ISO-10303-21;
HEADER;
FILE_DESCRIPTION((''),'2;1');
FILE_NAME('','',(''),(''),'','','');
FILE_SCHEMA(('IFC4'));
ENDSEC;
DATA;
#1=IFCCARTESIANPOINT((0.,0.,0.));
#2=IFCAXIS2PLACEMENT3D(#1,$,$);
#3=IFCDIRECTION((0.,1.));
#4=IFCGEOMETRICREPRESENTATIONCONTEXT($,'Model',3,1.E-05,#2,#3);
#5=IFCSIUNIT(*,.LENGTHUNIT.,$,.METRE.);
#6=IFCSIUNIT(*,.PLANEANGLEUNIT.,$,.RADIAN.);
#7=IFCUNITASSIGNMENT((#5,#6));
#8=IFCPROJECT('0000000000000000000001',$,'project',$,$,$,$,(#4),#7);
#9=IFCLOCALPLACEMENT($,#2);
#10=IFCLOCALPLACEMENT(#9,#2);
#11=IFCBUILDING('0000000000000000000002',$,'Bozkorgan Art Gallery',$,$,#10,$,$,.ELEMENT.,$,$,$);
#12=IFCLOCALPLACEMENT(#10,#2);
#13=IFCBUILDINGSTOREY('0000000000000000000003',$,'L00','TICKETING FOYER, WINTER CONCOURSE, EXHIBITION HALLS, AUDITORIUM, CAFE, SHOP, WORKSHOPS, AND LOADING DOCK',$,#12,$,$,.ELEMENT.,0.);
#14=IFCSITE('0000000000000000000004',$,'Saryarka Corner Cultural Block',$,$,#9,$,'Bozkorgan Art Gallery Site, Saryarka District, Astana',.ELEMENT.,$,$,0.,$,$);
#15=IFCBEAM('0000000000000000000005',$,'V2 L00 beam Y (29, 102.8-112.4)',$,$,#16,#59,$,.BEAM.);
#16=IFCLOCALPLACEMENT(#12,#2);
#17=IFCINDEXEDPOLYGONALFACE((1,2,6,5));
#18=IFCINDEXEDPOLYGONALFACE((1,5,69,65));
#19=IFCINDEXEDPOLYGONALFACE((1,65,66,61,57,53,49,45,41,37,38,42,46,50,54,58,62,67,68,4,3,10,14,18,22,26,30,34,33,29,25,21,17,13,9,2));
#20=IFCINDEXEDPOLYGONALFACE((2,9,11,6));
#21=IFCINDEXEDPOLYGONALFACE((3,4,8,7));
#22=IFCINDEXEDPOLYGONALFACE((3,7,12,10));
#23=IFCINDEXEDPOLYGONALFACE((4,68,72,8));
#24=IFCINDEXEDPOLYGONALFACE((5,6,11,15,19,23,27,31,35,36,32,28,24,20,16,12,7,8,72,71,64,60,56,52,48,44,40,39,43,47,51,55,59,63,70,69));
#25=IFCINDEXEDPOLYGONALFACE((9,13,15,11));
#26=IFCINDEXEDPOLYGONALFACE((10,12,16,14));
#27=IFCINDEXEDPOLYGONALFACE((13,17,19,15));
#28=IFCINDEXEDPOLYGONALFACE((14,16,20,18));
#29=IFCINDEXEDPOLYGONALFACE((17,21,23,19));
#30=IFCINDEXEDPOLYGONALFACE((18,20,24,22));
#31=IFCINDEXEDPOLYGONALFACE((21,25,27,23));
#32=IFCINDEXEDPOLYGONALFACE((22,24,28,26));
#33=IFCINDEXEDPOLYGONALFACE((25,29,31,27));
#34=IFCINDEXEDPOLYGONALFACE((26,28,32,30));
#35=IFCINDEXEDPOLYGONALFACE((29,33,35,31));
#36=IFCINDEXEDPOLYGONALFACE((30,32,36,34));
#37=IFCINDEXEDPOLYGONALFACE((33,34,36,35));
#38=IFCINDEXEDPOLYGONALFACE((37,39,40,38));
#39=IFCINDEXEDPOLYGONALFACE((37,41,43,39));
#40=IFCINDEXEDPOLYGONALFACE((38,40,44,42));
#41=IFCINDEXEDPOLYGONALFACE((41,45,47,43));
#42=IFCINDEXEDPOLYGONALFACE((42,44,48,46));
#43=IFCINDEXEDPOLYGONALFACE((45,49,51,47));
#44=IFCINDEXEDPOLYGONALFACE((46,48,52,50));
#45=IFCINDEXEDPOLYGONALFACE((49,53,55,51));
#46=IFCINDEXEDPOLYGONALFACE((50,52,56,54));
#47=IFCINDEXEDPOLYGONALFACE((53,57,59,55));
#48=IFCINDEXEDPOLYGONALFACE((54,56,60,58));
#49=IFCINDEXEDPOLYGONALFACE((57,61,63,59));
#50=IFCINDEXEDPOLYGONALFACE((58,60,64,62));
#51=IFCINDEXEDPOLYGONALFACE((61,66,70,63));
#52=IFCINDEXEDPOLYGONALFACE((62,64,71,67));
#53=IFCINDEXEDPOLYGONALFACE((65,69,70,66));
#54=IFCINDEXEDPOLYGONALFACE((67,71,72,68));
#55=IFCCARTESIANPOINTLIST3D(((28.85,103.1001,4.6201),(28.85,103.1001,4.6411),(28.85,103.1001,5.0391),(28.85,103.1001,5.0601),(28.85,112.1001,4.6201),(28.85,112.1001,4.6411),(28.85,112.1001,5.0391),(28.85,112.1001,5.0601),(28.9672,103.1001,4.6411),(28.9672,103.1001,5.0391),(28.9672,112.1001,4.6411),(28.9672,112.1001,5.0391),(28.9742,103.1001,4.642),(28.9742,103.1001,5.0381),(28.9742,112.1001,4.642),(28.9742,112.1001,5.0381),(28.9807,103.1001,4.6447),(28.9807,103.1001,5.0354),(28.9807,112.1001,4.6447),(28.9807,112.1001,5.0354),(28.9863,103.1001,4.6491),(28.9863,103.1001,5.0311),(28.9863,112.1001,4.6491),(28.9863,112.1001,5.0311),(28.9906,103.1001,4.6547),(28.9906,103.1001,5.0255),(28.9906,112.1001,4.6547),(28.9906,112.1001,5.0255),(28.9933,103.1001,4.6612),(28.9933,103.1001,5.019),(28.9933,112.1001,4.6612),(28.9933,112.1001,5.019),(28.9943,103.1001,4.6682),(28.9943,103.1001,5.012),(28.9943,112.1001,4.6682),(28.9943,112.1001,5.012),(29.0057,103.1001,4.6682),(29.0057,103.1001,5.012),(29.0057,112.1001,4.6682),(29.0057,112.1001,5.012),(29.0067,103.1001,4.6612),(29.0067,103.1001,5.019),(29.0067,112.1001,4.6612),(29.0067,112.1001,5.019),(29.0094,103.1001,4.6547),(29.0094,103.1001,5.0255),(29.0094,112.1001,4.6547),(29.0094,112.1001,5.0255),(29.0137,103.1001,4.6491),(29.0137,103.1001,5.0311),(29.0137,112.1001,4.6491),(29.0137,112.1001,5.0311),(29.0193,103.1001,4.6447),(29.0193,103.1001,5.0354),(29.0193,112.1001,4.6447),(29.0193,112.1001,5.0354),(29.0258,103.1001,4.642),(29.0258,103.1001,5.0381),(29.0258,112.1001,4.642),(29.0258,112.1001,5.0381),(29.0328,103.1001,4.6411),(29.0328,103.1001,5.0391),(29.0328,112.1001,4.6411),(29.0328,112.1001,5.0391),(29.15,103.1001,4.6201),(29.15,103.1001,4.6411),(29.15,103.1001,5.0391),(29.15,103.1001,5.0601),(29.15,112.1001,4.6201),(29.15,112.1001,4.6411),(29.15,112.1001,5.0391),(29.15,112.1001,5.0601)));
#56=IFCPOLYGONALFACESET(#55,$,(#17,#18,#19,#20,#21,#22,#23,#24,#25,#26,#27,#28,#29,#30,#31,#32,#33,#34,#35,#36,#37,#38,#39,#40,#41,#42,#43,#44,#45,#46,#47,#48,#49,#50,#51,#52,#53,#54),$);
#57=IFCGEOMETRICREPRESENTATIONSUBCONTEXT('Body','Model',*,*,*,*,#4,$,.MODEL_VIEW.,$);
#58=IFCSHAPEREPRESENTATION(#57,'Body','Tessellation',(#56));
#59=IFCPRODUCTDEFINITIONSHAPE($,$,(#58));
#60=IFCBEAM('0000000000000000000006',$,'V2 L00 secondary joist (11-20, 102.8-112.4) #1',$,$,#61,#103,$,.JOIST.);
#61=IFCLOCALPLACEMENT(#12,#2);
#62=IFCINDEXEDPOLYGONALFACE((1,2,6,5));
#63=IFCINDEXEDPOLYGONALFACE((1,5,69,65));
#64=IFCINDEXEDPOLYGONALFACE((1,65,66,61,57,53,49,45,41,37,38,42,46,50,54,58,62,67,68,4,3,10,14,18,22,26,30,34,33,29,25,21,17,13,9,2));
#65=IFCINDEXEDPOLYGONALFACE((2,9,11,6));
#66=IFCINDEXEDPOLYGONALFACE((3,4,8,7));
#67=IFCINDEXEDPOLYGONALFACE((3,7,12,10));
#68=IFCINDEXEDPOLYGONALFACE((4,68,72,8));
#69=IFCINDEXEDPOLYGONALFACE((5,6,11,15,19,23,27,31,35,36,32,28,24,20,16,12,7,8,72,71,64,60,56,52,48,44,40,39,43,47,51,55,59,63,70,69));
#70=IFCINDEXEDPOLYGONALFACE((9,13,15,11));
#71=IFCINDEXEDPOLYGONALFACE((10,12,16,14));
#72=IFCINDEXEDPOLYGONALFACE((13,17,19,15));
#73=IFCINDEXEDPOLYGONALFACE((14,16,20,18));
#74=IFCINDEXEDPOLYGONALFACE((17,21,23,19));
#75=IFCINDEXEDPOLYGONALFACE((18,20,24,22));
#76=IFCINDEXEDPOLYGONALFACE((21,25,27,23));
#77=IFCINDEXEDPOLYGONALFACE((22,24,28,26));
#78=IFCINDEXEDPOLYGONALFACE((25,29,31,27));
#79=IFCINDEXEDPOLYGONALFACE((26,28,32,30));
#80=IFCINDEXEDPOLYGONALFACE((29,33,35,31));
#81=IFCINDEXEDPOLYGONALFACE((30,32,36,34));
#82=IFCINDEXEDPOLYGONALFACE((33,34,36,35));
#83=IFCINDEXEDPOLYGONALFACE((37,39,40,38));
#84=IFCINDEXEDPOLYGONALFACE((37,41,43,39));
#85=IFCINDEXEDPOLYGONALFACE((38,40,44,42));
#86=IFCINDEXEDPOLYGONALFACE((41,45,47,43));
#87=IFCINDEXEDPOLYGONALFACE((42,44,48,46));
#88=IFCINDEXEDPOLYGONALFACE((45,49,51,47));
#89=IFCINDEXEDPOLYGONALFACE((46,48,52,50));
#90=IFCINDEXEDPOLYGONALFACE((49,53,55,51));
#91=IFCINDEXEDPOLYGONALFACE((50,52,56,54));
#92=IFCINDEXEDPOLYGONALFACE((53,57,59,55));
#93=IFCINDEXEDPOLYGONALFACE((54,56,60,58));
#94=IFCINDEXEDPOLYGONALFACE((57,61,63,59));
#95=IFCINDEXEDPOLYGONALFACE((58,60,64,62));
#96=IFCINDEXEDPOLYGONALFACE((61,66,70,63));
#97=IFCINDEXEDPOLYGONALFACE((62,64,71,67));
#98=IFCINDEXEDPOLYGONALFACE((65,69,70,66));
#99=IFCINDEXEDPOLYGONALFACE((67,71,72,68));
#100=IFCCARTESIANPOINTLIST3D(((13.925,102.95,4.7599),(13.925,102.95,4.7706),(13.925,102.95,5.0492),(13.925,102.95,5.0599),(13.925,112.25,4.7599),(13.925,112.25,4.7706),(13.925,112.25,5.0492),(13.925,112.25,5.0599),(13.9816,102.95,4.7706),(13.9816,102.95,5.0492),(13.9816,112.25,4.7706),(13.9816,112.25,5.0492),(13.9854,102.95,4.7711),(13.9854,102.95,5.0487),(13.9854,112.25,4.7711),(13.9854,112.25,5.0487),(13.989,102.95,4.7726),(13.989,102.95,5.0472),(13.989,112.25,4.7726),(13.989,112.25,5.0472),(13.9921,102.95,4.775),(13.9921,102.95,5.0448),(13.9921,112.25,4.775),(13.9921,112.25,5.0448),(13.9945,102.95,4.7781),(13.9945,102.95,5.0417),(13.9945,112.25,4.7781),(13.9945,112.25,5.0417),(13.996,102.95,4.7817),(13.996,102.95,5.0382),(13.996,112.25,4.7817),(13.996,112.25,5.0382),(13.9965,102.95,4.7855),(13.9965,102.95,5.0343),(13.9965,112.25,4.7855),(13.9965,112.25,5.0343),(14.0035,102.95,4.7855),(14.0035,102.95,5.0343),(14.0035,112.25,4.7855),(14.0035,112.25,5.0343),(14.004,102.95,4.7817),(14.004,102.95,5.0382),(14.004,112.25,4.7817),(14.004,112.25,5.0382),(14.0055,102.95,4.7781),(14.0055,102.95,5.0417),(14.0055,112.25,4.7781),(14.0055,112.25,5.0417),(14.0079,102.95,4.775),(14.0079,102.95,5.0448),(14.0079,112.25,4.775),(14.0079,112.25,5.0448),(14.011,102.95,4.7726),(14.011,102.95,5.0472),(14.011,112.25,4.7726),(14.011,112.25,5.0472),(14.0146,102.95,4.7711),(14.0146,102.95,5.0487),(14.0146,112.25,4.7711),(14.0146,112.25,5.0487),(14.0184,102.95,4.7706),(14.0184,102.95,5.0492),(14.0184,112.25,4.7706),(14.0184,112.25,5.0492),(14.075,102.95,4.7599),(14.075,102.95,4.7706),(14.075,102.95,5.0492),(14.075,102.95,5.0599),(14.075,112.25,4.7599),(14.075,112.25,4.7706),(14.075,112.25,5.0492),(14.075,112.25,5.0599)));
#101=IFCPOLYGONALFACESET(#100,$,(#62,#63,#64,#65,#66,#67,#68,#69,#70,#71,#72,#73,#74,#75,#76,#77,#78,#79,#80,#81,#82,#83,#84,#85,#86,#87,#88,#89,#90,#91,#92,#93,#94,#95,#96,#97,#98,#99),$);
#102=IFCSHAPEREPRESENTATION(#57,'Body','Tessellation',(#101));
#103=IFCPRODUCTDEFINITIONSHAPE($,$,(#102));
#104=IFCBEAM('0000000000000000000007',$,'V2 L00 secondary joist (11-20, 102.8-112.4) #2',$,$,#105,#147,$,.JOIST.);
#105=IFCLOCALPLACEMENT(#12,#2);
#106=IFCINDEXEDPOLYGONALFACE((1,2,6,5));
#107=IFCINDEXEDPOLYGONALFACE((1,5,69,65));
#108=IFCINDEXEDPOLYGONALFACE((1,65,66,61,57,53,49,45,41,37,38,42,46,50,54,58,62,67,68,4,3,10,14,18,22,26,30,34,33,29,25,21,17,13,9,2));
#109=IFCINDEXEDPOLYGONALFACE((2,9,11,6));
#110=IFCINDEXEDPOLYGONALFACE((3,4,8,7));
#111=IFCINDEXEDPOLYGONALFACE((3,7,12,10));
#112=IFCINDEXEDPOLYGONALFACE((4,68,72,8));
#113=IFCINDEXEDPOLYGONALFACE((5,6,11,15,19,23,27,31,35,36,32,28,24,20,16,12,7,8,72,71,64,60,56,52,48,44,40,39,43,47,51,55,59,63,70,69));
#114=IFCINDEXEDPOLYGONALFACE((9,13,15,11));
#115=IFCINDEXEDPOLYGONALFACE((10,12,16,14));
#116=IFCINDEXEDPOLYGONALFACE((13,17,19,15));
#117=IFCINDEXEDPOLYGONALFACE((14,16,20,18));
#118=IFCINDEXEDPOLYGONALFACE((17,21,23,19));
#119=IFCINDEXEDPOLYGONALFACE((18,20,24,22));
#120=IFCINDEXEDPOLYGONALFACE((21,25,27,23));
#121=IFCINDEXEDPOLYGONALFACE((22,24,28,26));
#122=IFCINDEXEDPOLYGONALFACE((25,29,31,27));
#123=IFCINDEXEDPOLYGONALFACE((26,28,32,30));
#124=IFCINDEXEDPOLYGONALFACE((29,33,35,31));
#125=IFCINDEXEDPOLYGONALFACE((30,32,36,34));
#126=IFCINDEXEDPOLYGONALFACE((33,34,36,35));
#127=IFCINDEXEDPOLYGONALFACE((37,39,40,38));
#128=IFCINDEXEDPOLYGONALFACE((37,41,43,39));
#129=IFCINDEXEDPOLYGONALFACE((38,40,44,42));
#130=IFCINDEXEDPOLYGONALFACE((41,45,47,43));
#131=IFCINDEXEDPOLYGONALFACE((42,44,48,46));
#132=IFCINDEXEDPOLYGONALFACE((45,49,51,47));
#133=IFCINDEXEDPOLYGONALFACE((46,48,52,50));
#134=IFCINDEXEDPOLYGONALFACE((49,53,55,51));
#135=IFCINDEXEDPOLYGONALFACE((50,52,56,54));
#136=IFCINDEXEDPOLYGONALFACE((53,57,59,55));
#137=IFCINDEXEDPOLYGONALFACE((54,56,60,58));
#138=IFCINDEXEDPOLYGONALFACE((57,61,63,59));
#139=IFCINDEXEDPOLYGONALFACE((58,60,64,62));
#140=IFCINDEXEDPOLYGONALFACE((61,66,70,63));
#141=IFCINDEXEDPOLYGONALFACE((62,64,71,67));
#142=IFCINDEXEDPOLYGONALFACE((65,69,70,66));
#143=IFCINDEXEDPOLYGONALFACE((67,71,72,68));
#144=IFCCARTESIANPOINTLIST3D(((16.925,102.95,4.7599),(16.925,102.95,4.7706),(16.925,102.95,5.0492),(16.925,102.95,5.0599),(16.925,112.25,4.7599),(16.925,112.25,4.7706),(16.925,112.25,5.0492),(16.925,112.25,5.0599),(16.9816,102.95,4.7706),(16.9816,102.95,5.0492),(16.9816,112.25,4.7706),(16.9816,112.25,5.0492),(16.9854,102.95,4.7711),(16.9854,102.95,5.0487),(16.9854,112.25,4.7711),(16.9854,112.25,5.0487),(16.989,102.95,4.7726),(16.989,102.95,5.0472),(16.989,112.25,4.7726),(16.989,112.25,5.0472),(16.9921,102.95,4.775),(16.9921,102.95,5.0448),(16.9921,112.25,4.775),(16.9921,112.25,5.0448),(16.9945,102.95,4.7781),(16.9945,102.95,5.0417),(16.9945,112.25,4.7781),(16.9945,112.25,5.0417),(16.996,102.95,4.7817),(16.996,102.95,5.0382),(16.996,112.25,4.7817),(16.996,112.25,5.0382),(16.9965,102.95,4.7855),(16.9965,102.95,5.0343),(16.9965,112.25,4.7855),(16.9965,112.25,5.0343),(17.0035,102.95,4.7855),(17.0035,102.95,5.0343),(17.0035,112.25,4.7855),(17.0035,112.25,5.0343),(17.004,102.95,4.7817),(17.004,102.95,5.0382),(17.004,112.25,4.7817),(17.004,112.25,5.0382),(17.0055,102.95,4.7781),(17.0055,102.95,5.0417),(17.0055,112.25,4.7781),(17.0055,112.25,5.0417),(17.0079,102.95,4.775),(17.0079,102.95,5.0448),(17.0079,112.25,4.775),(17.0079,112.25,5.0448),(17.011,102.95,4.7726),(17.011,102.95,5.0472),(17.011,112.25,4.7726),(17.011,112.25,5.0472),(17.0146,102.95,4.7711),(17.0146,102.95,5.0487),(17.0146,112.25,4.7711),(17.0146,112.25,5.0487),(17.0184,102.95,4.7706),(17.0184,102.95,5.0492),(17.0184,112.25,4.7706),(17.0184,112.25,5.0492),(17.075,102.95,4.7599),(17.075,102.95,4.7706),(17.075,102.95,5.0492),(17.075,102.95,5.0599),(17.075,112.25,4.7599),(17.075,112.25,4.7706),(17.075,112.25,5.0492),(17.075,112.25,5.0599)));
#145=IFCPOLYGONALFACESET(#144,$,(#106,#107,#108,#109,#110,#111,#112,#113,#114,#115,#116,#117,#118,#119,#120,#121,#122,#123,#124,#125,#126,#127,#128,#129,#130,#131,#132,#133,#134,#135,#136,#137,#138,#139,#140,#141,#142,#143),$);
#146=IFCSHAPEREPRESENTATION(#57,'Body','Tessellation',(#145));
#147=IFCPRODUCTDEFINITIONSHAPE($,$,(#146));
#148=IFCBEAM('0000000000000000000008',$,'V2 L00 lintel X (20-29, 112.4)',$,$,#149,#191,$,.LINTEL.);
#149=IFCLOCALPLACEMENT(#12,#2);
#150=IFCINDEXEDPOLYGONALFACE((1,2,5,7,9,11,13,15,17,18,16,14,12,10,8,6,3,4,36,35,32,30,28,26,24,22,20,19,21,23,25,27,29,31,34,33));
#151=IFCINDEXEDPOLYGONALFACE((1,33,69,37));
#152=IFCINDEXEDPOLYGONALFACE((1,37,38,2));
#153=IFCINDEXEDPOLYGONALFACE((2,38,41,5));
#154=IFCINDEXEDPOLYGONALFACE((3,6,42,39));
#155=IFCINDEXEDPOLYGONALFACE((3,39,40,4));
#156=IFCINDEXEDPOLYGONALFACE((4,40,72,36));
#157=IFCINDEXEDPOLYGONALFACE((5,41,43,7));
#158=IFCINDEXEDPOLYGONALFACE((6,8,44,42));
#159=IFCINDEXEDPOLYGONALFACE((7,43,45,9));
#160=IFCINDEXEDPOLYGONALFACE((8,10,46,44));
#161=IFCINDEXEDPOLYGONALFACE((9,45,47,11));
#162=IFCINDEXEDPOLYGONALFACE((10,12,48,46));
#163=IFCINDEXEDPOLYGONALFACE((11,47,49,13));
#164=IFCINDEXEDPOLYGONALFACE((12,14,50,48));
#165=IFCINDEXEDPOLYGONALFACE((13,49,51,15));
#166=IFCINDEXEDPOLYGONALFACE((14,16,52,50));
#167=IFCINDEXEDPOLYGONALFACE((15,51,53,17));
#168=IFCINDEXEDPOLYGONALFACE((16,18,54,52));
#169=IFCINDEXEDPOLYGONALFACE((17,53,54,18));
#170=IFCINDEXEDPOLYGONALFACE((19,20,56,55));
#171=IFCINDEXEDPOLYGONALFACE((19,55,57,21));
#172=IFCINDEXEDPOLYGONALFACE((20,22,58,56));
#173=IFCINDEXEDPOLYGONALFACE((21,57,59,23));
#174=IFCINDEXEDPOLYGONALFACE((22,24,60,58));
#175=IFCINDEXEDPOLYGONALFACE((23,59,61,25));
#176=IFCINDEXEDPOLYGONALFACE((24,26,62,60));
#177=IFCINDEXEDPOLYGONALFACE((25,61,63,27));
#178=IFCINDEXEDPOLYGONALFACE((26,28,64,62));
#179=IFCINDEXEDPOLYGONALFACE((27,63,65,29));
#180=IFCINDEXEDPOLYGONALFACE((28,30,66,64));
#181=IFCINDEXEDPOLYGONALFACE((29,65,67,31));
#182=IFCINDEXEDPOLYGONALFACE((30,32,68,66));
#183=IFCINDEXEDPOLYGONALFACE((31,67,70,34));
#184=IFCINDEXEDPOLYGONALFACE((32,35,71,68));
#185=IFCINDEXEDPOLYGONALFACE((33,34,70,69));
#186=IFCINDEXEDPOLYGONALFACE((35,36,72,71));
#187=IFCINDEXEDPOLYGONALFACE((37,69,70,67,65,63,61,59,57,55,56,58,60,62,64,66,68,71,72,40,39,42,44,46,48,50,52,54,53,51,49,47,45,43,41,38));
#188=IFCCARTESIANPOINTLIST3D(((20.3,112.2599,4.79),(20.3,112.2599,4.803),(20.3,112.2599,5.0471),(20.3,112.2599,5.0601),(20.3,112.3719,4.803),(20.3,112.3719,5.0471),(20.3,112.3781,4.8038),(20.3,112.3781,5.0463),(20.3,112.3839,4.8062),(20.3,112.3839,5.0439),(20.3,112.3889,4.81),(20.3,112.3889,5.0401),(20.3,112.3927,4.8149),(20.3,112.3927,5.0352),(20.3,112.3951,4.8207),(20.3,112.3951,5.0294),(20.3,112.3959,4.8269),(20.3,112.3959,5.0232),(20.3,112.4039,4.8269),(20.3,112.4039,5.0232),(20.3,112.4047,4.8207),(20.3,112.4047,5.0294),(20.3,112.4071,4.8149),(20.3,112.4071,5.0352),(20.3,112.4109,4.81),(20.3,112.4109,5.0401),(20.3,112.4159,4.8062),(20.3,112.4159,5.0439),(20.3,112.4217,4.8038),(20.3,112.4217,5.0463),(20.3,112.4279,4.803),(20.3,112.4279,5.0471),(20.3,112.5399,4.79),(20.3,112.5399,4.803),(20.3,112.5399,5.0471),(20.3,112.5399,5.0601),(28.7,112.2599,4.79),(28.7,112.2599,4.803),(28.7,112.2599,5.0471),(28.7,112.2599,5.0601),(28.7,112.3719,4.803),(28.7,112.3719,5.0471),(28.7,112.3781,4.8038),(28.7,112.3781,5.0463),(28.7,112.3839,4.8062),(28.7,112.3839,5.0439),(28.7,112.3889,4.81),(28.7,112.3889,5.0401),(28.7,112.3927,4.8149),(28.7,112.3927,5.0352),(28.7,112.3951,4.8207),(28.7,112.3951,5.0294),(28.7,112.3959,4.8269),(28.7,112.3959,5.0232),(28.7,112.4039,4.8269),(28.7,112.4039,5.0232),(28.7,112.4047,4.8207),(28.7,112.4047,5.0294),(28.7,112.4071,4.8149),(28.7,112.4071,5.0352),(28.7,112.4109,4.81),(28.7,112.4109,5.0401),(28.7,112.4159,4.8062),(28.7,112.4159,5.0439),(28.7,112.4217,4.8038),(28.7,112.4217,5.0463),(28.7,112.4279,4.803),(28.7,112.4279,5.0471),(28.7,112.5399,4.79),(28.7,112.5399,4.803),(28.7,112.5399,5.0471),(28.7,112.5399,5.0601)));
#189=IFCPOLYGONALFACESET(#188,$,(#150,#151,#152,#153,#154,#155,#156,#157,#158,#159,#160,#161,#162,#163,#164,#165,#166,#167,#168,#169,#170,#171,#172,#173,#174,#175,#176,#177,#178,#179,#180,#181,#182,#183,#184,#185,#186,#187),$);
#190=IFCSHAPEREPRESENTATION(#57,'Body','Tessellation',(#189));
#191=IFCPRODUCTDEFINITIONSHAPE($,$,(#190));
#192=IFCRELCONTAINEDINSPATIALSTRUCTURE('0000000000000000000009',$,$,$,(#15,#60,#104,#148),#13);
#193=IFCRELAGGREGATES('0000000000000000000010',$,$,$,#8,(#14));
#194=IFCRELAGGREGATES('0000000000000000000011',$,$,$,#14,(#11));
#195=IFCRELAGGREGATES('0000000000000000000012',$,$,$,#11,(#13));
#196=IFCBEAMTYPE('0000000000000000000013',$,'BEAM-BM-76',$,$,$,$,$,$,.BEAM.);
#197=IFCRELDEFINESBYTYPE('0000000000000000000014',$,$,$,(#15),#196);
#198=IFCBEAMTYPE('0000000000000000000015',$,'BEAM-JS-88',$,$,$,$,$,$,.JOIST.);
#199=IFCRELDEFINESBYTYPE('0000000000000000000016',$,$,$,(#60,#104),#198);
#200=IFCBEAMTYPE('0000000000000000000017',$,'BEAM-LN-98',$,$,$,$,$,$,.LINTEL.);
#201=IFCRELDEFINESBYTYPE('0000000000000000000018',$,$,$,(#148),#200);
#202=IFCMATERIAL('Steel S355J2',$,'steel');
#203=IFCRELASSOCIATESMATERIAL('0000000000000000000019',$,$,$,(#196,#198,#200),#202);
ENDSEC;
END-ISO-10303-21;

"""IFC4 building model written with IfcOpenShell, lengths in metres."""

from ifc_helpers import new_model, si_unit, direction, frame, origin, origin_2d, place, context, subcontext, project, spatial, i_section, extrude, material, material_profile, profile_set, type_object, element, save


model = new_model("IFC4")

# Units and contexts
model_context = context("Model", 3, precision=1e-05, world=origin(), true_north=direction((0.0, 1.0)))
body_context = subcontext(model_context, "Body", "Model", "MODEL_VIEW")
ifc_project = project(units=[si_unit("LENGTHUNIT", "METRE"), si_unit("PLANEANGLEUNIT", "RADIAN")], contexts=[model_context])

# Site, building, storey
site_placement = place(None, origin())
site = spatial("IfcSite", under=ifc_project, at=site_placement, Name="Saryarka Corner Cultural Block", LongName="Bozkorgan Art Gallery Site, Saryarka District, Astana", CompositionType="ELEMENT", RefElevation=0.0)
building_placement = place(site_placement, origin())
building = spatial("IfcBuilding", under=site, at=building_placement, Name="Bozkorgan Art Gallery", CompositionType="ELEMENT")
storey_placement = place(building_placement, origin())
storey = spatial("IfcBuildingStorey", under=building, at=storey_placement, Name="L00", Description="TICKETING FOYER, WINTER CONCOURSE, EXHIBITION HALLS, AUDITORIUM, CAFE, SHOP, WORKSHOPS, AND LOADING DOCK", CompositionType="ELEMENT", Elevation=0.0)

# Beams
ifc_material_1 = material(Name="Steel S355J2", Category="steel")
ifc_material_profile_1 = material_profile(ifc_material_1, i_section(OverallWidth=0.3, OverallDepth=0.4399, WebThickness=0.0115, FlangeThickness=0.021, FilletRadius=0.0271, at=origin_2d()), Name="HEA 450")
ifc_profile_set_1 = profile_set([ifc_material_profile_1], Name="Steel S355J2")
beam_type_1 = type_object("IfcBeamType", Name="BEAM-BM-76", PredefinedType="BEAM", material=ifc_profile_set_1)
beam_1_placement = place(storey_placement, frame((29.0, 103.1001, 4.8401), z_axis=(0.0, 1.0, 0.0), x_axis=(-1.0, 0.0, 0.0)))
element("IfcBeam", 1, at=beam_1_placement, inside=storey, type_object=beam_type_1, Name="V2 L00 beam Y (29, 102.8-112.4)", PredefinedType="BEAM", context=body_context, shape_type="SweptSolid", body=[
    extrude(i_section(OverallWidth=0.3, OverallDepth=0.4399, WebThickness=0.0115, FlangeThickness=0.021, FilletRadius=0.0271, at=origin_2d()), origin(), (0.0, 0.0, 1.0), 9.0),
])
ifc_material_profile_2 = material_profile(ifc_material_1, i_section(OverallWidth=0.1499, OverallDepth=0.3, WebThickness=0.0071, FlangeThickness=0.0107, FilletRadius=0.0149, at=origin_2d()), Name="IPE 300")
ifc_profile_set_2 = profile_set([ifc_material_profile_2], Name="Steel S355J2")
beam_type_2 = type_object("IfcBeamType", Name="BEAM-JS-88", PredefinedType="JOIST", material=ifc_profile_set_2)
for number, where, z_axis, x_axis, name in (
    (2, (14.0, 102.95, 4.9099), (0.0, 1.0, 0.0), (-1.0, 0.0, 0.0), "V2 L00 secondary joist (11-20, 102.8-112.4) #1"),
    (3, (17.0, 102.95, 4.9099), (0.0, 1.0, 0.0), (-1.0, 0.0, 0.0), "V2 L00 secondary joist (11-20, 102.8-112.4) #2"),
):
    element("IfcBeam", number, at=place(storey_placement, frame(where, z_axis=z_axis, x_axis=x_axis)), inside=storey, type_object=beam_type_2, Name=name, PredefinedType="JOIST", context=body_context, shape_type="SweptSolid", body=[
        extrude(i_section(OverallWidth=0.1499, OverallDepth=0.3, WebThickness=0.0071, FlangeThickness=0.0107, FilletRadius=0.0149, at=origin_2d()), origin(), (0.0, 0.0, 1.0), 9.3),
    ])
ifc_material_profile_3 = material_profile(ifc_material_1, i_section(OverallWidth=0.28, OverallDepth=0.27, WebThickness=0.0081, FlangeThickness=0.0129, FilletRadius=0.0239, at=origin_2d()), Name="HEA 280")
ifc_profile_set_3 = profile_set([ifc_material_profile_3], Name="Steel S355J2")
beam_type_3 = type_object("IfcBeamType", Name="BEAM-LN-98", PredefinedType="LINTEL", material=ifc_profile_set_3)
beam_2_placement = place(storey_placement, frame((20.3, 112.3999, 4.925), z_axis=(1.0, 0.0, 0.0), x_axis=(0.0, 1.0, 0.0)))
element("IfcBeam", 4, at=beam_2_placement, inside=storey, type_object=beam_type_3, Name="V2 L00 lintel X (20-29, 112.4)", PredefinedType="LINTEL", context=body_context, shape_type="SweptSolid", body=[
    extrude(i_section(OverallWidth=0.28, OverallDepth=0.27, WebThickness=0.0081, FlangeThickness=0.0129, FilletRadius=0.0239, at=origin_2d()), origin(), (0.0, 0.0, 1.0), 8.3999),
])

save(model, "model.ifc")
